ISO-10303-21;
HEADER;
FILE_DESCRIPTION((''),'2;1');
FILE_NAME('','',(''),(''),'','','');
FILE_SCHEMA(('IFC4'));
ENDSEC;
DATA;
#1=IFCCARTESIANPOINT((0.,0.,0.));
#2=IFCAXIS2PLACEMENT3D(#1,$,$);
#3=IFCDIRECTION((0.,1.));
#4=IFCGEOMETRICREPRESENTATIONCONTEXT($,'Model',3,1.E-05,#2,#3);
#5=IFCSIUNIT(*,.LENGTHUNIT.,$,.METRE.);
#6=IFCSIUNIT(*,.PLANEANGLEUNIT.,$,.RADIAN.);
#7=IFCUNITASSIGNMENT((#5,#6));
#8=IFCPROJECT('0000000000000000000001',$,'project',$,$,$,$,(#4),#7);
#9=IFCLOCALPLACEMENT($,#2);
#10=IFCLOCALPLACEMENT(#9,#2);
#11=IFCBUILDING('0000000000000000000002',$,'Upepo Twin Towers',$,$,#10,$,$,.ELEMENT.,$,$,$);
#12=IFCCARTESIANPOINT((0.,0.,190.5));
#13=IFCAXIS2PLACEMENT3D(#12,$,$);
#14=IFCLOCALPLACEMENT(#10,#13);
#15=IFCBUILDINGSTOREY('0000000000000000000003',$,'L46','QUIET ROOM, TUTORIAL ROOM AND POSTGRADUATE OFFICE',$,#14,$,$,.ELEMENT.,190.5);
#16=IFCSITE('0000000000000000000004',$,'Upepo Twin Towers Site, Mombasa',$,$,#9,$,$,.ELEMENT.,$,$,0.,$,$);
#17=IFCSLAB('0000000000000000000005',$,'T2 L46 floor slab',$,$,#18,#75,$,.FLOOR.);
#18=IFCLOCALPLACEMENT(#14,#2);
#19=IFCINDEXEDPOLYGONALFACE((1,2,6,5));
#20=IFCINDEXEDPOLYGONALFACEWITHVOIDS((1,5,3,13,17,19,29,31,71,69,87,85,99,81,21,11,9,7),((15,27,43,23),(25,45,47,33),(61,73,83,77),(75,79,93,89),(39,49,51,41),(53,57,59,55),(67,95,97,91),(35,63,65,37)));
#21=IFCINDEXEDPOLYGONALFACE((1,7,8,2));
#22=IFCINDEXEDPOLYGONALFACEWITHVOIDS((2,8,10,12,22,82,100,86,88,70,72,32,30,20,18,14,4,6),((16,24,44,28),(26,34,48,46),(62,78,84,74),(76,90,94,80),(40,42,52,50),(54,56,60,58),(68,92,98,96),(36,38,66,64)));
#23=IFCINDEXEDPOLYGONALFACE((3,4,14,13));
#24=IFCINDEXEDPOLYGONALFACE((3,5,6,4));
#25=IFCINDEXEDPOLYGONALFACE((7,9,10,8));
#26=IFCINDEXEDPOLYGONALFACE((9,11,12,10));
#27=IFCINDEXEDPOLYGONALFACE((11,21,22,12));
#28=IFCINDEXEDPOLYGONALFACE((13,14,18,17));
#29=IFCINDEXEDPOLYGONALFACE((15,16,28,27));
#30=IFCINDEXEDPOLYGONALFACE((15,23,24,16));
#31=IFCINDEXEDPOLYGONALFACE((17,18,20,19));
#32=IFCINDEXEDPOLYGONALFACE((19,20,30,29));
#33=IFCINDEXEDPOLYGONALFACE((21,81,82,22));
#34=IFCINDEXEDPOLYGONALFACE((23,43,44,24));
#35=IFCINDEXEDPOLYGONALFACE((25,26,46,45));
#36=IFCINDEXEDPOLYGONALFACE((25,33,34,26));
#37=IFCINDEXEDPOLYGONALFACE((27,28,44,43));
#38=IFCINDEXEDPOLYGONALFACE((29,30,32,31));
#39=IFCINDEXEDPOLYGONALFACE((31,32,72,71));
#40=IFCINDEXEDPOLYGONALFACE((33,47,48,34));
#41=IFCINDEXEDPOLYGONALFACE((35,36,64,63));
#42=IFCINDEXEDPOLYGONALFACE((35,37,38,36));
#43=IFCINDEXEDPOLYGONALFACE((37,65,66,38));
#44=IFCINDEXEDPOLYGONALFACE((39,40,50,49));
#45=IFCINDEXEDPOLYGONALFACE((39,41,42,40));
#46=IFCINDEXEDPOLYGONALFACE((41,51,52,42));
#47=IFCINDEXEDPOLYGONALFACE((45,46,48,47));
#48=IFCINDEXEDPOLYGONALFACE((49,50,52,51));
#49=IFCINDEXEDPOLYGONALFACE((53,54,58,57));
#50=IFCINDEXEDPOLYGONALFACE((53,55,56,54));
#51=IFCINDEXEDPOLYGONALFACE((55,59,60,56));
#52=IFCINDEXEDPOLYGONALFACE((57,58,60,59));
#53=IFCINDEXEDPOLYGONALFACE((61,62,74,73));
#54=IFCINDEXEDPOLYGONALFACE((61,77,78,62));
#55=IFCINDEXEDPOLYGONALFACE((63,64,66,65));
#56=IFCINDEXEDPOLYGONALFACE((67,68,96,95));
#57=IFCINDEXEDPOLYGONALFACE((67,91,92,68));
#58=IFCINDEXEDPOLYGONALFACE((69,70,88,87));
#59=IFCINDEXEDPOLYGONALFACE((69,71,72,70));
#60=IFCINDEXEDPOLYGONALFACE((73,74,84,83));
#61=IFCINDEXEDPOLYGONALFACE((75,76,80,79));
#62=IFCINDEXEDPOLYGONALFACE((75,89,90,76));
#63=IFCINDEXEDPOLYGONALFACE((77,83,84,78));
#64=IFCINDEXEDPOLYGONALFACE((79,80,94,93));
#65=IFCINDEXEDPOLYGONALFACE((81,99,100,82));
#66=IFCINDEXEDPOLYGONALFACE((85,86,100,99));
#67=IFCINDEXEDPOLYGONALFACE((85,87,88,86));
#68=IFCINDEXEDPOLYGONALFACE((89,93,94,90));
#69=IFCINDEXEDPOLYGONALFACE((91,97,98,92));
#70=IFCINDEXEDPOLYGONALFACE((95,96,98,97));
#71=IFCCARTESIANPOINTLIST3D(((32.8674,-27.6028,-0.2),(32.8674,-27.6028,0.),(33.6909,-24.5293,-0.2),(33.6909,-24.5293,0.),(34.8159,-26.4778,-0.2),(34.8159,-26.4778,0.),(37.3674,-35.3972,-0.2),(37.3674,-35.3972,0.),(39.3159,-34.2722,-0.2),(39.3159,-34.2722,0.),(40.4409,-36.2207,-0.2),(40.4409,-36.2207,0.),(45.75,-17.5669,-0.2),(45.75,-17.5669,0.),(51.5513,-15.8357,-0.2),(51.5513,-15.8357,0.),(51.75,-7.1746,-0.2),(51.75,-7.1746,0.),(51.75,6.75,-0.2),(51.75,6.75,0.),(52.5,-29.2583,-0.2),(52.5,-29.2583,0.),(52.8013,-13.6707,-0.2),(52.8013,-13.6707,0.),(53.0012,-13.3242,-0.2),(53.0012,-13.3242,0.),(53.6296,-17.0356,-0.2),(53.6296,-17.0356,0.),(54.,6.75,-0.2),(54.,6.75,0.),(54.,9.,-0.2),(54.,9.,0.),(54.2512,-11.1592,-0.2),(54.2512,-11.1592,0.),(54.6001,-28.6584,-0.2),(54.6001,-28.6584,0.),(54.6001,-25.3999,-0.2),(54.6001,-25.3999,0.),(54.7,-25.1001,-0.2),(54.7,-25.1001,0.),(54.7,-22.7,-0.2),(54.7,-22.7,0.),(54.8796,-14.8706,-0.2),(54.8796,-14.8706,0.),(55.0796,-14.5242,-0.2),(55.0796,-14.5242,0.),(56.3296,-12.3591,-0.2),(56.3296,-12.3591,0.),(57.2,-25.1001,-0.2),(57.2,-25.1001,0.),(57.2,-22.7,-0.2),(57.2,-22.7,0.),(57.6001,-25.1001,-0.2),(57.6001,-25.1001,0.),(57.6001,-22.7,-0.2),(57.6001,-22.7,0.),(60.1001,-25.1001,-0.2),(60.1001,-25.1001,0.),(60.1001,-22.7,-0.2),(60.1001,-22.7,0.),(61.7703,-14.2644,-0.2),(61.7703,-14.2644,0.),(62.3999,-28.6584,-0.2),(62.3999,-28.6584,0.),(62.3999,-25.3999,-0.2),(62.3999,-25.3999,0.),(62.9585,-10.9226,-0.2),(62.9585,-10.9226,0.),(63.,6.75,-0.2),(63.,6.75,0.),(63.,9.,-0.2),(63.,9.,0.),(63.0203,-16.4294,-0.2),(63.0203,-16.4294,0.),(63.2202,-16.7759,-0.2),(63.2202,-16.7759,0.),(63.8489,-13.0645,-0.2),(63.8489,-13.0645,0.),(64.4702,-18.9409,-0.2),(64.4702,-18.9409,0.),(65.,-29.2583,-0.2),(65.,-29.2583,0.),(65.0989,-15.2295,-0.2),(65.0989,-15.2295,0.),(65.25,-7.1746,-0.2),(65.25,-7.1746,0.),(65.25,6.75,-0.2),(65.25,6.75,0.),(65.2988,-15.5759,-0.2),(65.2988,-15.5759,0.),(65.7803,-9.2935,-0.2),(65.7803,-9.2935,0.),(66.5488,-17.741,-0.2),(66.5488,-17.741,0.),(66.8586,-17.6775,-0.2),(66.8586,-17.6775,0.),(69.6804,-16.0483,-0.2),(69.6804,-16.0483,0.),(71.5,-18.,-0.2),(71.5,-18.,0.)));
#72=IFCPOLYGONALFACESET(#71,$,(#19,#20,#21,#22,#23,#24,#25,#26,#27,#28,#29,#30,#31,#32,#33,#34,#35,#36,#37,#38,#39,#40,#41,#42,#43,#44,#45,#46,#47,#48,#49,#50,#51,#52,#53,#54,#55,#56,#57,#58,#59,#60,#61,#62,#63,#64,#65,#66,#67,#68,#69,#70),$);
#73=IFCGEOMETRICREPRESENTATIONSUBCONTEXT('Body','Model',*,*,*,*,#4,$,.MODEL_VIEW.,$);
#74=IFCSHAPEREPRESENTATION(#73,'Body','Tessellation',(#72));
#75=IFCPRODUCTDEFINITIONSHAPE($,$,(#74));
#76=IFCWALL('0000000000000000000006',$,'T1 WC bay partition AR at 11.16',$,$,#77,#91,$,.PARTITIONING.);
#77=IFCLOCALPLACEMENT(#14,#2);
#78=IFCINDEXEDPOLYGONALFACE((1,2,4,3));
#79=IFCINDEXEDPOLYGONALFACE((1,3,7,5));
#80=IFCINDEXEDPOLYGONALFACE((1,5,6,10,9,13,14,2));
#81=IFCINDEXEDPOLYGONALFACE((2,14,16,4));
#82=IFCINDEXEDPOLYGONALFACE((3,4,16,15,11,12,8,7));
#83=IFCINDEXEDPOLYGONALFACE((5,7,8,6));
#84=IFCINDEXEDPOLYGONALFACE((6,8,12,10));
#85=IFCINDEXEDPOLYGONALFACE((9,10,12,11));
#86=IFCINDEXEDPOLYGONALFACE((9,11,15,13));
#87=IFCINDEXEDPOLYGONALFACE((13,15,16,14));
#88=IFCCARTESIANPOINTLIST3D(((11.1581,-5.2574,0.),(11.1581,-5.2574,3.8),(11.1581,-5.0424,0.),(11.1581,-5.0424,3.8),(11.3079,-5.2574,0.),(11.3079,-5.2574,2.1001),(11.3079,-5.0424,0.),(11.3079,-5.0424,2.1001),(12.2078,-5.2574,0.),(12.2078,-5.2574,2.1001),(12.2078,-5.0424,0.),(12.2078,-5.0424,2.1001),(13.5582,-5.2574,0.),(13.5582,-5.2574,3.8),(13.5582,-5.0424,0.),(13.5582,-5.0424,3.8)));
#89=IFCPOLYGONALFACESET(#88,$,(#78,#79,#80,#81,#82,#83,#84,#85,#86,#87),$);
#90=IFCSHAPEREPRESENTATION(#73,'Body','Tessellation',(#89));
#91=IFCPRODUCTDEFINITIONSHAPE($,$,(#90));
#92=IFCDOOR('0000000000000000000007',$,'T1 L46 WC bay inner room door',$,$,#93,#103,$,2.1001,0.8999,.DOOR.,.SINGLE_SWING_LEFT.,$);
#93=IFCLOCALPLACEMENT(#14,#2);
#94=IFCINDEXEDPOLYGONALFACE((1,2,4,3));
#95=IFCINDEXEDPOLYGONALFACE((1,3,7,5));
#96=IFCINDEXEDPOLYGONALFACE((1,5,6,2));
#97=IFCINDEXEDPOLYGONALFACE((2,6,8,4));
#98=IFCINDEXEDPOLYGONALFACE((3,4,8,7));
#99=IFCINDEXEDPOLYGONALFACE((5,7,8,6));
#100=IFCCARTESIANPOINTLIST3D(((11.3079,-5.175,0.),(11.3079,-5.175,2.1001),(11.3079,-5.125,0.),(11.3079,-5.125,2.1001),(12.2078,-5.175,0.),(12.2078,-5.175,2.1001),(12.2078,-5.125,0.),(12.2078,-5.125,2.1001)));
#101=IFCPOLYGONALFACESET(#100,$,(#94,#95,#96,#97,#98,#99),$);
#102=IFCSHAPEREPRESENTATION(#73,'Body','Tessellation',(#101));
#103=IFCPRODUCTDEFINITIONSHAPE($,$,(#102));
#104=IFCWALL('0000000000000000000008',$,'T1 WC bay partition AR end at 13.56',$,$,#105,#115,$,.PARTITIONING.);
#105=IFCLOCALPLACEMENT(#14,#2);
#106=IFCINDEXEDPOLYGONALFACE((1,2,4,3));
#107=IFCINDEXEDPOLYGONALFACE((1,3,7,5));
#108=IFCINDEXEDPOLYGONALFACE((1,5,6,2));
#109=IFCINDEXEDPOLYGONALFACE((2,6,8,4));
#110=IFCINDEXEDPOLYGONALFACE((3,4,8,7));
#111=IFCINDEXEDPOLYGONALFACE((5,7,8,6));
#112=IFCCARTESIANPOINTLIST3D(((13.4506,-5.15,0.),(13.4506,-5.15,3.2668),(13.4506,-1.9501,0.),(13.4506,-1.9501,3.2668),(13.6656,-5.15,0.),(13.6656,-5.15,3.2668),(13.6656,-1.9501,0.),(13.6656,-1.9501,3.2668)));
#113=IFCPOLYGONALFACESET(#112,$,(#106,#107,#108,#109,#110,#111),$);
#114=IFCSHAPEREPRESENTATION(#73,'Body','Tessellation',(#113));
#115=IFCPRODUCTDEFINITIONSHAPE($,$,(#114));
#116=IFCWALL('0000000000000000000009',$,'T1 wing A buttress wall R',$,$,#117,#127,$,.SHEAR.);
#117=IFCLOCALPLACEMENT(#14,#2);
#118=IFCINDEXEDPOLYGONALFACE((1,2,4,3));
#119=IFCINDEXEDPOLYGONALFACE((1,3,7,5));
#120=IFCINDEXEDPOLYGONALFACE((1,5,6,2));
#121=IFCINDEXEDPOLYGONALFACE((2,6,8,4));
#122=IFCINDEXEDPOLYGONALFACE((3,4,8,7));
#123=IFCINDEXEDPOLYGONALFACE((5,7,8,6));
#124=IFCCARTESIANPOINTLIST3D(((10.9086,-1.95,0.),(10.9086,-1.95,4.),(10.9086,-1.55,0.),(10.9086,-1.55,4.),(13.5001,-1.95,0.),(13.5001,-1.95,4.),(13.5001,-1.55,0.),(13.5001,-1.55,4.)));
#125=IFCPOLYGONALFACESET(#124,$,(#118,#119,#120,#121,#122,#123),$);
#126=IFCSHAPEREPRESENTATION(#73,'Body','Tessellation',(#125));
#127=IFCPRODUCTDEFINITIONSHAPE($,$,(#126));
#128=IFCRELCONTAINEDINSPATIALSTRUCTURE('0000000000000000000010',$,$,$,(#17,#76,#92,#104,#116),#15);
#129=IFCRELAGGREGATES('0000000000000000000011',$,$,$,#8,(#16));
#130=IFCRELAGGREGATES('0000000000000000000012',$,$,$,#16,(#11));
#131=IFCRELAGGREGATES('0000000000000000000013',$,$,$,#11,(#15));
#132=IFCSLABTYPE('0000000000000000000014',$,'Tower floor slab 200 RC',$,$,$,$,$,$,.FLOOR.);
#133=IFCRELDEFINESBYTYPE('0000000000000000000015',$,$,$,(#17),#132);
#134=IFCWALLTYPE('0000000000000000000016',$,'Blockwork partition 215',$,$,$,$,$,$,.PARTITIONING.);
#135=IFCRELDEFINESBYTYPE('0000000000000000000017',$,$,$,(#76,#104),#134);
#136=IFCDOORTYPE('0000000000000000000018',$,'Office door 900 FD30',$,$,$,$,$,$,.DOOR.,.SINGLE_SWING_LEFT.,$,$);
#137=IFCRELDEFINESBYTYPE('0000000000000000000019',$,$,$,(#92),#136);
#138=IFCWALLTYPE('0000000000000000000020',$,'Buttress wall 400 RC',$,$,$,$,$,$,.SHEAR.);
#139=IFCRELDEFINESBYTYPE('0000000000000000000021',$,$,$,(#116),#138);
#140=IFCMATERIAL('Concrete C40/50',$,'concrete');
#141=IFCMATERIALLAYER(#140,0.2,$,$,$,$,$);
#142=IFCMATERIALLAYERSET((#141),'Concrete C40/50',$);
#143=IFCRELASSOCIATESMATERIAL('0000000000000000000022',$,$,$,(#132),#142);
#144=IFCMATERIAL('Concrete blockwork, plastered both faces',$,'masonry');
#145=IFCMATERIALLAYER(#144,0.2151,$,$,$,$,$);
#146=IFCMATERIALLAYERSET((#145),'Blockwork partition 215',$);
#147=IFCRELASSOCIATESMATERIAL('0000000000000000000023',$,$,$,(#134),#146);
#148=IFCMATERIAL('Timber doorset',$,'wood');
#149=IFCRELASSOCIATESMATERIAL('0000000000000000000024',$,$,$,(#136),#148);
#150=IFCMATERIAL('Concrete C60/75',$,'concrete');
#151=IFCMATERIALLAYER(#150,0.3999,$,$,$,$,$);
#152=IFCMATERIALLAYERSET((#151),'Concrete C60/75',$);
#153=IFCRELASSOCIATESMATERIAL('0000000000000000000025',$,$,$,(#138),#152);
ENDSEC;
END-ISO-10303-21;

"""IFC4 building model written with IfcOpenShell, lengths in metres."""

from ifc_helpers import new_model, si_unit, direction, frame, frame_2d, origin, place, context, subcontext, project, spatial, polyline, rectangle, outline, extrude, material, layer, layer_set, type_object, element, fill, save


model = new_model("IFC4")

# Units and contexts
model_context = context("Model", 3, precision=1e-05, world=origin(), true_north=direction((0.0, 1.0)))
body_context = subcontext(model_context, "Body", "Model", "MODEL_VIEW")
ifc_project = project(units=[si_unit("LENGTHUNIT", "METRE"), si_unit("PLANEANGLEUNIT", "RADIAN")], contexts=[model_context])

# Site, building, storey
site_placement = place(None, origin())
site = spatial("IfcSite", under=ifc_project, at=site_placement, Name="Upepo Twin Towers Site, Mombasa", CompositionType="ELEMENT", RefElevation=0.0)
building_placement = place(site_placement, origin())
building = spatial("IfcBuilding", under=site, at=building_placement, Name="Upepo Twin Towers", CompositionType="ELEMENT")
storey_placement = place(building_placement, frame((0.0, 0.0, 190.5)))
storey = spatial("IfcBuildingStorey", under=building, at=storey_placement, Name="L46", Description="QUIET ROOM, TUTORIAL ROOM AND POSTGRADUATE OFFICE", CompositionType="ELEMENT", Elevation=190.5)

# Slab
ifc_material_1 = material(Name="Concrete C40/50", Category="concrete")
ifc_layer_1 = layer(ifc_material_1, 0.2)
ifc_layer_set_1 = layer_set([ifc_layer_1], Name="Concrete C40/50")
slab_type_1 = type_object("IfcSlabType", Name="Tower floor slab 200 RC", PredefinedType="FLOOR", material=ifc_layer_set_1)
slab_1_placement = place(storey_placement, frame((0.0, 0.0, -0.2)))
element("IfcSlab", 1, at=slab_1_placement, inside=storey, type_object=slab_type_1, Name="T2 L46 floor slab", PredefinedType="FLOOR", context=body_context, shape_type="SweptSolid", body=[
    extrude(outline(polyline([(51.75, -7.1746), (51.75, 6.75), (54.0, 6.75), (54.0, 9.0), (63.0, 9.0), (63.0, 6.75), (65.25, 6.75), (65.25, -7.1746), (71.5, -18.0), (65.0, -29.2583), (52.5, -29.2583), (40.4409, -36.2207), (39.3159, -34.2722), (37.3674, -35.3972), (32.8674, -27.6028), (34.8159, -26.4778), (33.6909, -24.5293), (45.75, -17.5669), (51.75, -7.1746)]), holes=[polyline([(56.3296, -12.3591), (54.2512, -11.1592), (53.0012, -13.3242), (55.0796, -14.5242), (56.3296, -12.3591)]), polyline([(54.8796, -14.8706), (52.8013, -13.6707), (51.5513, -15.8357), (53.6296, -17.0356), (54.8796, -14.8706)]), polyline([(54.7, -22.7), (54.7, -25.1001), (57.2, -25.1001), (57.2, -22.7), (54.7, -22.7)]), polyline([(57.6001, -22.7), (57.6001, -25.1001), (60.1001, -25.1001), (60.1001, -22.7), (57.6001, -22.7)]), polyline([(54.6001, -25.3999), (54.6001, -28.6584), (62.3999, -28.6584), (62.3999, -25.3999), (54.6001, -25.3999)]), polyline([(64.4702, -18.9409), (66.5488, -17.741), (65.2988, -15.5759), (63.2202, -16.7759), (64.4702, -18.9409)]), polyline([(63.0203, -16.4294), (65.0989, -15.2295), (63.8489, -13.0645), (61.7703, -14.2644), (63.0203, -16.4294)]), polyline([(66.8586, -17.6775), (69.6804, -16.0483), (65.7803, -9.2935), (62.9585, -10.9226), (66.8586, -17.6775)])]), origin(), (0.0, 0.0, 1.0), 0.2),
])

# Wall, opening, door
ifc_material_2 = material(Name="Concrete blockwork, plastered both faces", Category="masonry")
ifc_layer_2 = layer(ifc_material_2, 0.2151)
ifc_layer_set_2 = layer_set([ifc_layer_2], Name="Blockwork partition 215")
wall_type_1 = type_object("IfcWallType", Name="Blockwork partition 215", PredefinedType="PARTITIONING", material=ifc_layer_set_2)
wall_1_placement = place(storey_placement, frame((11.158, -5.1499, 0.0), z_axis=(0.0, 0.0, 1.0), x_axis=(1.0, 0.0, 0.0)))
wall_1 = element("IfcWall", 2, at=wall_1_placement, inside=storey, type_object=wall_type_1, Name="T1 WC bay partition AR at 11.16", PredefinedType="PARTITIONING", context=body_context, shape_type="SweptSolid", body=[
    extrude(rectangle(XDim=2.4001, YDim=0.2151, at=frame_2d((1.2002, 0.0))), origin(), (0.0, 0.0, 1.0), 3.8),
])
opening_1_placement = place(wall_1_placement, frame((0.1499, 0.0, 0.0)))
opening_1 = element("IfcOpeningElement", 3, at=opening_1_placement, cuts=wall_1, PredefinedType="OPENING", context=body_context, shape_type="SweptSolid", body=[
    extrude(rectangle(XDim=0.8999, YDim=2.1001, at=frame_2d((0.45, 1.05))), frame((0.0, 0.1174, 0.0), z_axis=(0.0, -1.0, 0.0), x_axis=(1.0, 0.0, 0.0)), (0.0, 0.0, 1.0), 0.2351),
])
ifc_material_3 = material(Name="Timber doorset", Category="wood")
door_type_1 = type_object("IfcDoorType", Name="Office door 900 FD30", OperationType="SINGLE_SWING_LEFT", PredefinedType="DOOR", material=ifc_material_3)
door_1_placement = place(opening_1_placement, origin())
door_1 = element("IfcDoor", 4, at=door_1_placement, inside=storey, type_object=door_type_1, Name="T1 L46 WC bay inner room door", OperationType="SINGLE_SWING_LEFT", OverallHeight=2.1001, OverallWidth=0.8999, PredefinedType="DOOR", context=body_context, shape_type="SweptSolid", body=[
    extrude(rectangle(XDim=0.8999, YDim=2.1001, at=frame_2d((0.45, 1.05))), frame((0.0, 0.0249, 0.0), z_axis=(0.0, -1.0, 0.0), x_axis=(1.0, 0.0, 0.0)), (0.0, 0.0, 1.0), 0.05),
])
fill(opening_1, door_1)

# Walls
wall_2_placement = place(storey_placement, frame((13.5581, -1.95, 0.0), z_axis=(0.0, 0.0, 1.0), x_axis=(0.0, -1.0, 0.0)))
element("IfcWall", 5, at=wall_2_placement, inside=storey, type_object=wall_type_1, Name="T1 WC bay partition AR end at 13.56", PredefinedType="PARTITIONING", context=body_context, shape_type="SweptSolid", body=[
    extrude(rectangle(XDim=3.2, YDim=0.2151, at=frame_2d((1.6001, 0.0))), origin(), (0.0, 0.0, 1.0), 3.2668),
])
ifc_material_4 = material(Name="Concrete C60/75", Category="concrete")
ifc_layer_3 = layer(ifc_material_4, 0.3999)
ifc_layer_set_3 = layer_set([ifc_layer_3], Name="Concrete C60/75")
wall_type_2 = type_object("IfcWallType", Name="Buttress wall 400 RC", PredefinedType="SHEAR", material=ifc_layer_set_3)
wall_3_placement = place(storey_placement, frame((10.9084, -1.75, 0.0), z_axis=(0.0, 0.0, 1.0), x_axis=(1.0, 0.0, 0.0)))
element("IfcWall", 6, at=wall_3_placement, inside=storey, type_object=wall_type_2, Name="T1 wing A buttress wall R", PredefinedType="SHEAR", context=body_context, shape_type="SweptSolid", body=[
    extrude(rectangle(XDim=2.5916, YDim=0.3999, at=frame_2d((1.2959, 0.0))), origin(), (0.0, 0.0, 1.0), 4.0),
])

save(model, "model.ifc")
